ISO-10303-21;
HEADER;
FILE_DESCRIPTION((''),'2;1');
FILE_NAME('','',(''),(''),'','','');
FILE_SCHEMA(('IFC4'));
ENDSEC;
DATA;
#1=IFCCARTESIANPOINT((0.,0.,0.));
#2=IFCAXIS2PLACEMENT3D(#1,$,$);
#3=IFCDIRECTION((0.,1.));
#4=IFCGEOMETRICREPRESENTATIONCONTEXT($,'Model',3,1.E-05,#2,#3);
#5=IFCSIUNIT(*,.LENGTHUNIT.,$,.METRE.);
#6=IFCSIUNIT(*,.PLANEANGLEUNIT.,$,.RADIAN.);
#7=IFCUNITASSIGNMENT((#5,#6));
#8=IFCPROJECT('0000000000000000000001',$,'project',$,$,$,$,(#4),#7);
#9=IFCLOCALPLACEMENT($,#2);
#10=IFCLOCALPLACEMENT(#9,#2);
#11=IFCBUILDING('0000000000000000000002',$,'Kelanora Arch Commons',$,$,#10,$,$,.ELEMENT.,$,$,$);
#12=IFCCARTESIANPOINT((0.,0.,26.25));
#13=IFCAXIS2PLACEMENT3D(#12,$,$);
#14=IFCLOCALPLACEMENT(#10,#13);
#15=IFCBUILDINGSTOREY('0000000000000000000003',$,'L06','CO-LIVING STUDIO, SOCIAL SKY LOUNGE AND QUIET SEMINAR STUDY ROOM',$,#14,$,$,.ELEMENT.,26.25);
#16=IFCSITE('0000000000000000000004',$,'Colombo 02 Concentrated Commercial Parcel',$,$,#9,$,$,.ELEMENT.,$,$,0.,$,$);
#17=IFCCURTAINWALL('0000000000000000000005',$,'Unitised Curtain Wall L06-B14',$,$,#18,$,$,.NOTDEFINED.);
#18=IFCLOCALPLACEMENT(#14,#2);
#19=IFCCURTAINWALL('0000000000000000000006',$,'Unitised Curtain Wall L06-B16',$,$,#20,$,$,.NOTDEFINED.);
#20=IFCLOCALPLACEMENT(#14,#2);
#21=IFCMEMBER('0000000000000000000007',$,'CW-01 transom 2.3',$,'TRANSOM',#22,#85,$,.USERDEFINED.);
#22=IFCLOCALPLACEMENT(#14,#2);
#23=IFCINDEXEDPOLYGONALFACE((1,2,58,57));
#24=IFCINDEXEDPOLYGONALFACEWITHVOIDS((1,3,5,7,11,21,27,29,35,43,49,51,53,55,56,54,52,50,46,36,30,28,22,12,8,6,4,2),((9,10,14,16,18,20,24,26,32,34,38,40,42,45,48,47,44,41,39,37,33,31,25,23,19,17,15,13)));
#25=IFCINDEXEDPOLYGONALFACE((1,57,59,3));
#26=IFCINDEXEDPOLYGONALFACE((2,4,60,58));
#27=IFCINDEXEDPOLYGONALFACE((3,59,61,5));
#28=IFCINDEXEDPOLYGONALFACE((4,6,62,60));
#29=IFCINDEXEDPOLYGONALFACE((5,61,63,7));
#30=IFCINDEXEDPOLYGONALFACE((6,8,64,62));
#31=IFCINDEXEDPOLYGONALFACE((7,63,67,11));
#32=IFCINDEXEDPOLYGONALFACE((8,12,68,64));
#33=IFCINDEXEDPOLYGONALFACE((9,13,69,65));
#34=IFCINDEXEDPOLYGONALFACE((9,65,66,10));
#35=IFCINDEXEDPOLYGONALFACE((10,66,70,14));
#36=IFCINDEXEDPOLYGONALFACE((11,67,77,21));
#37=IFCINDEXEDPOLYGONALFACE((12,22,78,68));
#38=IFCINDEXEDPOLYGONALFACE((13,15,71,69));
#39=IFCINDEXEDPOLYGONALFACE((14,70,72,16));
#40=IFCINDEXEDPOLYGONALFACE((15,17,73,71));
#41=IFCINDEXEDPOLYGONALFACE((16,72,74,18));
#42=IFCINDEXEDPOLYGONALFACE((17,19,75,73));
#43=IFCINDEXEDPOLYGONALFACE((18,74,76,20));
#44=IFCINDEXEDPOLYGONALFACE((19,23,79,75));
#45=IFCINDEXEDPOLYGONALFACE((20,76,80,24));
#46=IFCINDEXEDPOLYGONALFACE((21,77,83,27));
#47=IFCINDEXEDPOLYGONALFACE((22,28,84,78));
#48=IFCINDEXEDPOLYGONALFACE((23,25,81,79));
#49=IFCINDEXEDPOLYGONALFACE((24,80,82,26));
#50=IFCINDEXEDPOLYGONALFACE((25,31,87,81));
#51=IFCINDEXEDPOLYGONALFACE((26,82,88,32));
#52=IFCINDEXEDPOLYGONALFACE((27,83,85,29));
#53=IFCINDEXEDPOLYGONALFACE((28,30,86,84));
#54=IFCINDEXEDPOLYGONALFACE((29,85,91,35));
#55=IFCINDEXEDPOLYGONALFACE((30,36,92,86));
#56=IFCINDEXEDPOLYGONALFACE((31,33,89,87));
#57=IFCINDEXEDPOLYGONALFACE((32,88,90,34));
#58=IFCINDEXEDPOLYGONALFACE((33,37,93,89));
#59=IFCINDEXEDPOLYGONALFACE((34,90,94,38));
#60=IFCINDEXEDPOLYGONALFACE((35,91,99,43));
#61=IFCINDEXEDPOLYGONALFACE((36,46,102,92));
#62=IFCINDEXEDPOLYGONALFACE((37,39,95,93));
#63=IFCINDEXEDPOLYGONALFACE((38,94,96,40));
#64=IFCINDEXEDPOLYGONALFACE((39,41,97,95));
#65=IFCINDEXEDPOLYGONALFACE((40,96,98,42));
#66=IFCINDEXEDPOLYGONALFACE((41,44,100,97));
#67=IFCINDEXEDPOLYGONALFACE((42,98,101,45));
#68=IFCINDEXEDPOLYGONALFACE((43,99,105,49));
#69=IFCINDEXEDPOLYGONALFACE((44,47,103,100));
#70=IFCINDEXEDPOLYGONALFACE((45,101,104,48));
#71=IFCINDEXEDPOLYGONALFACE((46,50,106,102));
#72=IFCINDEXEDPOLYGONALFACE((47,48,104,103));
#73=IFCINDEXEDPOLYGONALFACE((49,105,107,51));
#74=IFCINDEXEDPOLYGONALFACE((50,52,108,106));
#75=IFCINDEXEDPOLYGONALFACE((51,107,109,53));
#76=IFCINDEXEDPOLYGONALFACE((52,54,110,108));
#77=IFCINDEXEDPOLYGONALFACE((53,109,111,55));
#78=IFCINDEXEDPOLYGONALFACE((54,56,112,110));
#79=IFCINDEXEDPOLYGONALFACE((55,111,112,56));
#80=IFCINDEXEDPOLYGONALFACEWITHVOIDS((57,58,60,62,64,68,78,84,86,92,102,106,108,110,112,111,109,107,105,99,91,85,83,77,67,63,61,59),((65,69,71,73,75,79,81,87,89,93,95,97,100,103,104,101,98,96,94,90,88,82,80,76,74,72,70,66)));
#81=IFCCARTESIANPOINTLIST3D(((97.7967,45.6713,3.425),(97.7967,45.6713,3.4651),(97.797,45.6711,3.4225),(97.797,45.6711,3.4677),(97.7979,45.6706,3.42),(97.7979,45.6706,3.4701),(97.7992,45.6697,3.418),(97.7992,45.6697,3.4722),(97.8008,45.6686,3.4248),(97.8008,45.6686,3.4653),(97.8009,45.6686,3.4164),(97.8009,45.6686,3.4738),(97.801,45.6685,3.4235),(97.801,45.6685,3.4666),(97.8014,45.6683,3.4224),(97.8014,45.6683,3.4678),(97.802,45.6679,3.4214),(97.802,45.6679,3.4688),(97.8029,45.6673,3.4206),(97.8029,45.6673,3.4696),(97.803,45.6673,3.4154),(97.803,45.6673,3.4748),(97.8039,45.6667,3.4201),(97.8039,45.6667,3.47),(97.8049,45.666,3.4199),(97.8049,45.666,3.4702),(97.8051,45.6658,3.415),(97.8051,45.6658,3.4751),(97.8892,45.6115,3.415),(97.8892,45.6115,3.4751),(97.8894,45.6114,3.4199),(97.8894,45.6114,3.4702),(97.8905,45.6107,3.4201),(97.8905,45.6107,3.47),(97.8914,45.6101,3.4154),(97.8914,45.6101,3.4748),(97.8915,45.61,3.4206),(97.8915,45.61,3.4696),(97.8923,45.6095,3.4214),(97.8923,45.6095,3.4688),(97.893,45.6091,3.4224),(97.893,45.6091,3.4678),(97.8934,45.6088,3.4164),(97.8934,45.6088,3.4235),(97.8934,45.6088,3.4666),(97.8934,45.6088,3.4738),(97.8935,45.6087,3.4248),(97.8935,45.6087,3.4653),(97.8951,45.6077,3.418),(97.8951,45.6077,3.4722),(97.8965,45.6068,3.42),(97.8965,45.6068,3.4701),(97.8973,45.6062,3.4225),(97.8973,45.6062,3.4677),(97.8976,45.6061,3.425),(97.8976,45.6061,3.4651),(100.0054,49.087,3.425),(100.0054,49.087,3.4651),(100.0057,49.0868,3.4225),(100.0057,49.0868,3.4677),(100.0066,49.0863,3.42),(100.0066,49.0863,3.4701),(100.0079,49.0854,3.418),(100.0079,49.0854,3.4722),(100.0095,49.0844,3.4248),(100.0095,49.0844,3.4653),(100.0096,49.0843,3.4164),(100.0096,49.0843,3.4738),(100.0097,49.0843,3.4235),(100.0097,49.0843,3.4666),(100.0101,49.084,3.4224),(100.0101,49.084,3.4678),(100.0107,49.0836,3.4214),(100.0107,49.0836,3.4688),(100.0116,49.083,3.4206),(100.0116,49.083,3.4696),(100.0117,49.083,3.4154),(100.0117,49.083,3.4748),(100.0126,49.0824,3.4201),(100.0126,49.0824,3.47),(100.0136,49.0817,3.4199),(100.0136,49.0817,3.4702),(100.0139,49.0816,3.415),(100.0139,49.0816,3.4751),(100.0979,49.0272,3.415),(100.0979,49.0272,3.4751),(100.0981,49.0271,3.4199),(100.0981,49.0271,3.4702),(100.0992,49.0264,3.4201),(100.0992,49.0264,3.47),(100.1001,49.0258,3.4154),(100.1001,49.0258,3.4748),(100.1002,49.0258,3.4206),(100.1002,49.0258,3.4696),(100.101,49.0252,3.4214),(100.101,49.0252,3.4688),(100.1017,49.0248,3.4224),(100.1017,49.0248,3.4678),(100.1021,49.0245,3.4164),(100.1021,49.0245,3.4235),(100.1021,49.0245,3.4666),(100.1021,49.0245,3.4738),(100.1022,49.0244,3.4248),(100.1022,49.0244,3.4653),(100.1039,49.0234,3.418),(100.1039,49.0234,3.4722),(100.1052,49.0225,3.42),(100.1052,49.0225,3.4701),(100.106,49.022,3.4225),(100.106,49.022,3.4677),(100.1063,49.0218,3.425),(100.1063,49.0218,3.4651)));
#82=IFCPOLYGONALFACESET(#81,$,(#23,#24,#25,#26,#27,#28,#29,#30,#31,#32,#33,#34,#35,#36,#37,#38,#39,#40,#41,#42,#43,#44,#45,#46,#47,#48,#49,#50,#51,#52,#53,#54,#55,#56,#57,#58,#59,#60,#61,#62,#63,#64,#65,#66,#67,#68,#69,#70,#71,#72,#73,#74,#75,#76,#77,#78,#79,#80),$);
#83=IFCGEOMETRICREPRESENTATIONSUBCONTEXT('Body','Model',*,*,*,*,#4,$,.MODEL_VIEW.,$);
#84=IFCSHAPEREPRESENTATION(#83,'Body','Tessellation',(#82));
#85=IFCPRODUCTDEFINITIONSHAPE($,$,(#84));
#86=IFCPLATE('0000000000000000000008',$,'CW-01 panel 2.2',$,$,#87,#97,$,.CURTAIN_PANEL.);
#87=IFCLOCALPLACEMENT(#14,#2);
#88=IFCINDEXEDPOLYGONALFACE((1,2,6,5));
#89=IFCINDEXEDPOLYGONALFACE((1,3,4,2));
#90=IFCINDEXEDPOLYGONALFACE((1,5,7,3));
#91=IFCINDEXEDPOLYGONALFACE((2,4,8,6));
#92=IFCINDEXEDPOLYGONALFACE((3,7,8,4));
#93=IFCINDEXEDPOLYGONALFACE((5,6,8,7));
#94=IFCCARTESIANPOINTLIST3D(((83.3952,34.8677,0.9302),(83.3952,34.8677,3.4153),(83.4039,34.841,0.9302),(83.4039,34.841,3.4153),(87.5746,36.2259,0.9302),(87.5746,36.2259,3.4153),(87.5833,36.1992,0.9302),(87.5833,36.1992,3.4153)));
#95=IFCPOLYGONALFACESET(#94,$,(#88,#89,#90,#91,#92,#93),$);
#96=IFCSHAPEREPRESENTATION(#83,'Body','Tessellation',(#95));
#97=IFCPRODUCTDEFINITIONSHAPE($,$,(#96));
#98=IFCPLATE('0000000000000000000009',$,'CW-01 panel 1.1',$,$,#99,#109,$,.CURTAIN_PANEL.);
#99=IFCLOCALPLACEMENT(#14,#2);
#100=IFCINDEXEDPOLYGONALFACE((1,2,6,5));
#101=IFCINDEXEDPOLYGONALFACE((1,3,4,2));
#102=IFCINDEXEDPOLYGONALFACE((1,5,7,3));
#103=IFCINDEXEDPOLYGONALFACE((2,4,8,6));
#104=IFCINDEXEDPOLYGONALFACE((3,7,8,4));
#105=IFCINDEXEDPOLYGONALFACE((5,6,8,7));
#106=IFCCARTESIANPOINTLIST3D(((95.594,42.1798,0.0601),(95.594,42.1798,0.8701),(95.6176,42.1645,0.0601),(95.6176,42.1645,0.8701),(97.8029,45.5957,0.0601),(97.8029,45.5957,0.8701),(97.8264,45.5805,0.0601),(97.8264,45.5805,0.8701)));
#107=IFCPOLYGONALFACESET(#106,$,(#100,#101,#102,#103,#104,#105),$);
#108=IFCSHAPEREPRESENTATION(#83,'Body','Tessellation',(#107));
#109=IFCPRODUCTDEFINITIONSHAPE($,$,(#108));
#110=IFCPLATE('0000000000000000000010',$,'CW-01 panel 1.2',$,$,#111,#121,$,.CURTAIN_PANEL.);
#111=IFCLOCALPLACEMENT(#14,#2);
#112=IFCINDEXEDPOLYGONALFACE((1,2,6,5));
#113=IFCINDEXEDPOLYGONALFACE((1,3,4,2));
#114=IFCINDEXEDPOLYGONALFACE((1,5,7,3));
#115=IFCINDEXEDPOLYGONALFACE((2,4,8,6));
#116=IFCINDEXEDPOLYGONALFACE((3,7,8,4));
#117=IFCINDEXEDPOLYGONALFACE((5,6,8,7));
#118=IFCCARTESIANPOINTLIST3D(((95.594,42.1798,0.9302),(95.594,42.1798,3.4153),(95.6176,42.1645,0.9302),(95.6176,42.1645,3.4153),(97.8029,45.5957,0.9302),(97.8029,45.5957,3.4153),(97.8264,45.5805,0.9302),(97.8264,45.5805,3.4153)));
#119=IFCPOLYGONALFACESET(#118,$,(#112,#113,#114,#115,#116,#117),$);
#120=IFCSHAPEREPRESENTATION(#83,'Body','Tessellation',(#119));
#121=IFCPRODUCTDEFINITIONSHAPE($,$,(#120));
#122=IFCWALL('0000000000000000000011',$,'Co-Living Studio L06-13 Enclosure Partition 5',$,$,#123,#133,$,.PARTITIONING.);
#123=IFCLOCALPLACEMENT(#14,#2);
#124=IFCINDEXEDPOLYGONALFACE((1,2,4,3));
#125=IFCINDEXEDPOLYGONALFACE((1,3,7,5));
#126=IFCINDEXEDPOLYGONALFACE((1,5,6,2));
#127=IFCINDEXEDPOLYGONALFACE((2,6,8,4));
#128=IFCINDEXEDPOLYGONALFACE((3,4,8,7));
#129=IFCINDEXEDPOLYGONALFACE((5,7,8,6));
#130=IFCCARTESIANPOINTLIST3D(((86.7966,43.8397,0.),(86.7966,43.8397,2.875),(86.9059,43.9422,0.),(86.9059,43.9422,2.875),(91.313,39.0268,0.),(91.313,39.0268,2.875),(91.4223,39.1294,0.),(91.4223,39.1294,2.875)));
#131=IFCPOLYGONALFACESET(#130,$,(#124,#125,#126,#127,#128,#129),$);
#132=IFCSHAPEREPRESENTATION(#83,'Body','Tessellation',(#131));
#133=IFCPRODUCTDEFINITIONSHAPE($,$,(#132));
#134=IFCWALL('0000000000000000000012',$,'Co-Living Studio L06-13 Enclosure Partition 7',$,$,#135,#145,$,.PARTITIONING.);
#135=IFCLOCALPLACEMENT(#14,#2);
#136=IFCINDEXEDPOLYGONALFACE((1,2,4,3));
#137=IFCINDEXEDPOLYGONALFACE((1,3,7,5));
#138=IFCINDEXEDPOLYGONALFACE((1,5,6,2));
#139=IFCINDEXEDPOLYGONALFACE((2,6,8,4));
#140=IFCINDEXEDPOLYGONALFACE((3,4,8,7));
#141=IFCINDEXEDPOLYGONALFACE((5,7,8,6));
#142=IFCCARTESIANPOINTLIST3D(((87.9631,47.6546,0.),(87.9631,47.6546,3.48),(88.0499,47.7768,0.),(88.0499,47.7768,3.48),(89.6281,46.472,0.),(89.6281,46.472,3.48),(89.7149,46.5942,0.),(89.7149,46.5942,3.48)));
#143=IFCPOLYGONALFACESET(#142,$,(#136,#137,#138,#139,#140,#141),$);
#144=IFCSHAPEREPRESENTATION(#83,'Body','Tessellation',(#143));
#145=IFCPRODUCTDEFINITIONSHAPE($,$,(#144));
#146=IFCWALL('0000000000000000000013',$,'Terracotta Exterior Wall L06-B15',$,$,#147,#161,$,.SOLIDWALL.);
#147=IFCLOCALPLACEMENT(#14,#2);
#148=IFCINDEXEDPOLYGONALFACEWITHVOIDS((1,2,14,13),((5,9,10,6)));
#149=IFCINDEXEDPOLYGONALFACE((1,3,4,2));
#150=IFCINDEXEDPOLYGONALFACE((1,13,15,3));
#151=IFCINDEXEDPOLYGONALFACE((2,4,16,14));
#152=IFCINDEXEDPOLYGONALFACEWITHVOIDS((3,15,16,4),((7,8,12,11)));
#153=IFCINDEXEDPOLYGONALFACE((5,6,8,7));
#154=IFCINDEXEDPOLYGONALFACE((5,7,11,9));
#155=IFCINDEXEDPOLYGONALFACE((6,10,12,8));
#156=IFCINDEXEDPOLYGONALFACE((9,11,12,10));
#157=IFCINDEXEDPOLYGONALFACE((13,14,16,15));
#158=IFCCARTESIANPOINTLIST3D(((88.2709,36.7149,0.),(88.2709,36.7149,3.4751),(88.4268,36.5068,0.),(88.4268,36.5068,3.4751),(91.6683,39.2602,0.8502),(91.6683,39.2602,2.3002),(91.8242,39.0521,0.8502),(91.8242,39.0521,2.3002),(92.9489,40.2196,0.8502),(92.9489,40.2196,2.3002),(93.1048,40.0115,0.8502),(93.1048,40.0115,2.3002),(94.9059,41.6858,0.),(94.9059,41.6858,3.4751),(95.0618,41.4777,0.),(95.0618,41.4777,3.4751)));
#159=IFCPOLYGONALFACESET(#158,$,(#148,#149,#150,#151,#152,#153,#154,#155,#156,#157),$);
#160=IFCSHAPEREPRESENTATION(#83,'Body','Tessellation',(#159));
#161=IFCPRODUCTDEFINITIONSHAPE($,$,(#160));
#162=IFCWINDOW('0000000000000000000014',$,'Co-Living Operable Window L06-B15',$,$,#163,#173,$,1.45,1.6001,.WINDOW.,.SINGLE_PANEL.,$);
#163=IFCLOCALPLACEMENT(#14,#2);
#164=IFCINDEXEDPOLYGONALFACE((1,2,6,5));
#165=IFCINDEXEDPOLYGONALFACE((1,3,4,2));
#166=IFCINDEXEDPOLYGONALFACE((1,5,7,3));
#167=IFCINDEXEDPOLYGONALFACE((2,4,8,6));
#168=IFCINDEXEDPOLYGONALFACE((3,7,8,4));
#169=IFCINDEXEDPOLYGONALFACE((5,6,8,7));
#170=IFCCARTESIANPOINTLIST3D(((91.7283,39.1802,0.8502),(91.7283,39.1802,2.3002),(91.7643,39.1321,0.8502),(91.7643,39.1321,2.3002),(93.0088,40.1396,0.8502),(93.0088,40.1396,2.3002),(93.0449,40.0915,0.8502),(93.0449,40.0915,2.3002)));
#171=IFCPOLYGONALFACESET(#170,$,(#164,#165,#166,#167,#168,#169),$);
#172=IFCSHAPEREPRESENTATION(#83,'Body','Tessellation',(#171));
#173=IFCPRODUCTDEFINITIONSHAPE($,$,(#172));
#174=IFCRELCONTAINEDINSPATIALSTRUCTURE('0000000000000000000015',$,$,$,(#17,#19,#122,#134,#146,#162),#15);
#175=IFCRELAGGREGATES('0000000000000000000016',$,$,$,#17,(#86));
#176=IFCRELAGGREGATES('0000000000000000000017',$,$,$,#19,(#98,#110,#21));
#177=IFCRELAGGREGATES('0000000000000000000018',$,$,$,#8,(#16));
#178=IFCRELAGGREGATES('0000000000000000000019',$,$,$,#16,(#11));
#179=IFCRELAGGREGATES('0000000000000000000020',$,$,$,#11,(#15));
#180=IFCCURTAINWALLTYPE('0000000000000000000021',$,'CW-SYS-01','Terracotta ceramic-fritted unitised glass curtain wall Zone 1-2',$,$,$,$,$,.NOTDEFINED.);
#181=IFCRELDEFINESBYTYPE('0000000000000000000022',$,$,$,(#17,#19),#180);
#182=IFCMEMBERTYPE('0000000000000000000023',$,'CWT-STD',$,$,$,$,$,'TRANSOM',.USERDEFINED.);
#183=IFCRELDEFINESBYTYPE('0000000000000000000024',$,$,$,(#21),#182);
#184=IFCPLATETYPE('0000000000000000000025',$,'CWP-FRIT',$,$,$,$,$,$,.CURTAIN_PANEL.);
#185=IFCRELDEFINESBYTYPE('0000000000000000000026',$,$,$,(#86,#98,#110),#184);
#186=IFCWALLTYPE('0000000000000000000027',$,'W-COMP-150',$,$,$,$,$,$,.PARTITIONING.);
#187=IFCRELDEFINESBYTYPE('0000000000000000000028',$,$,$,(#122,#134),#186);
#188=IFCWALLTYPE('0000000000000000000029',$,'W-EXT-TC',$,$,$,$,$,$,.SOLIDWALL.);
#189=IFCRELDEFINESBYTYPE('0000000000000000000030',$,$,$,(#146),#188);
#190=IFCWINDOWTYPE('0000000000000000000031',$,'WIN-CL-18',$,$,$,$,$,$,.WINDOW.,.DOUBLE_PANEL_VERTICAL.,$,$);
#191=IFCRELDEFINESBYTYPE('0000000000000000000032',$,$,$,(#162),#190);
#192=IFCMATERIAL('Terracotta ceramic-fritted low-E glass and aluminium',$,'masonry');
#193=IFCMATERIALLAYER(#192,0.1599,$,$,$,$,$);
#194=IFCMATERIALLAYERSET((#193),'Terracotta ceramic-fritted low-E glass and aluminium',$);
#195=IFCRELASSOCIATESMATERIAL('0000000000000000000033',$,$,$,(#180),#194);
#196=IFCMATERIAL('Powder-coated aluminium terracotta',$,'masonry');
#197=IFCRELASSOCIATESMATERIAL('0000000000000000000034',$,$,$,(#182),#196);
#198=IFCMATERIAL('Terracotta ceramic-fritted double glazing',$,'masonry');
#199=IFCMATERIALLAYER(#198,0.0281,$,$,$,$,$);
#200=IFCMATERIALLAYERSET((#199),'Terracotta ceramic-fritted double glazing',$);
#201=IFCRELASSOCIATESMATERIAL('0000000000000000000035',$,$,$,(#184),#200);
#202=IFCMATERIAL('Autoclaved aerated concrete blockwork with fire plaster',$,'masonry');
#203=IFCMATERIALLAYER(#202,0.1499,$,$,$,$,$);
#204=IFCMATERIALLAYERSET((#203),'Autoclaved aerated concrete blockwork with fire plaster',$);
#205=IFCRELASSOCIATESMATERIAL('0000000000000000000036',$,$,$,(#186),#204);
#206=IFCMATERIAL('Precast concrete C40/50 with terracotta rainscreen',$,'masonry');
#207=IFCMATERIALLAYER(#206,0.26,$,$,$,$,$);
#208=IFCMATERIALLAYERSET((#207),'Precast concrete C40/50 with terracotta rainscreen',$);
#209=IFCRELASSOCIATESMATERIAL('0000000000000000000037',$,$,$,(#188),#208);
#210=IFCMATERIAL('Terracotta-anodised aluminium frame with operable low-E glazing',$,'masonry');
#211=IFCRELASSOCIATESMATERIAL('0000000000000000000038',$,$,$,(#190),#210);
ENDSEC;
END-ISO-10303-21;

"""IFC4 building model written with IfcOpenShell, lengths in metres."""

from ifc_helpers import new_model, si_unit, direction, frame, frame_2d, origin, origin_2d, place, context, subcontext, project, spatial, rectangle, hollow_rectangle, extrude, source, transform, mapped, material, layer, layer_set, material_profile, profile_set, type_object, element, fill, aggregate, save


model = new_model("IFC4")

# Units and contexts
model_context = context("Model", 3, precision=1e-05, world=origin(), true_north=direction((0.0, 1.0)))
body_context = subcontext(model_context, "Body", "Model", "MODEL_VIEW")
ifc_project = project(units=[si_unit("LENGTHUNIT", "METRE"), si_unit("PLANEANGLEUNIT", "RADIAN")], contexts=[model_context])

# Site, building, storey
site_placement = place(None, origin())
site = spatial("IfcSite", under=ifc_project, at=site_placement, Name="Colombo 02 Concentrated Commercial Parcel", CompositionType="ELEMENT", RefElevation=0.0)
building_placement = place(site_placement, origin())
building = spatial("IfcBuilding", under=site, at=building_placement, Name="Kelanora Arch Commons", CompositionType="ELEMENT")
storey_placement = place(building_placement, frame((0.0, 0.0, 26.25)))
storey = spatial("IfcBuildingStorey", under=building, at=storey_placement, Name="L06", Description="CO-LIVING STUDIO, SOCIAL SKY LOUNGE AND QUIET SEMINAR STUDY ROOM", CompositionType="ELEMENT", Elevation=26.25)

# Curtain wall
ifc_material_1 = material(Name="Terracotta ceramic-fritted low-E glass and aluminium", Category="masonry")
ifc_layer_1 = layer(ifc_material_1, 0.1599)
ifc_layer_set_1 = layer_set([ifc_layer_1], Name="Terracotta ceramic-fritted low-E glass and aluminium")
curtain_wall_type = type_object("IfcCurtainWallType", Name="CW-SYS-01", Description="Terracotta ceramic-fritted unitised glass curtain wall Zone 1-2", PredefinedType="NOTDEFINED", material=ifc_layer_set_1)
curtain_wall_1_placement = place(storey_placement, origin())
curtain_wall_1 = element("IfcCurtainWall", 1, at=curtain_wall_1_placement, inside=storey, type_object=curtain_wall_type, Name="Unitised Curtain Wall L06-B14", PredefinedType="NOTDEFINED")
ifc_material_2 = material(Name="Powder-coated aluminium terracotta", Category="masonry")

# Curtain wall, member
curtain_wall_2_placement = place(storey_placement, origin())
curtain_wall_2 = element("IfcCurtainWall", 2, at=curtain_wall_2_placement, inside=storey, type_object=curtain_wall_type, Name="Unitised Curtain Wall L06-B16", PredefinedType="NOTDEFINED")
ifc_material_profile_1 = material_profile(ifc_material_2, hollow_rectangle(XDim=0.1201, YDim=0.0601, WallThickness=0.0049, InnerFilletRadius=0.0049, OuterFilletRadius=0.01, at=origin_2d()), Name="CWT120x60")
ifc_profile_set_1 = profile_set([ifc_material_profile_1], Name="Powder-coated aluminium terracotta")
member_type_1 = type_object("IfcMemberType", Name="CWT-STD", ElementType="TRANSOM", PredefinedType="USERDEFINED", material=ifc_profile_set_1)
member_1_placement = place(storey_placement, frame((97.8472, 45.6387, 3.4451), z_axis=(0.542997, 0.839734, 0.0), x_axis=(-0.839734, 0.542997, 0.0)))
member_1 = element("IfcMember", 3, at=member_1_placement, type_object=member_type_1, Name="CW-01 transom 2.3", ObjectType="TRANSOM", PredefinedType="USERDEFINED", context=body_context, shape_type="SweptSolid", body=[
    extrude(hollow_rectangle(XDim=0.1201, YDim=0.0601, WallThickness=0.0049, InnerFilletRadius=0.0049, OuterFilletRadius=0.01, at=origin_2d()), origin(), (0.0, 0.0, 1.0), 4.0676),
])

# Plates
ifc_material_3 = material(Name="Terracotta ceramic-fritted double glazing", Category="masonry")
ifc_layer_2 = layer(ifc_material_3, 0.0281)
ifc_layer_set_2 = layer_set([ifc_layer_2], Name="Terracotta ceramic-fritted double glazing")
plate_type = type_object("IfcPlateType", Name="CWP-FRIT", PredefinedType="CURTAIN_PANEL", material=ifc_layer_set_2)
shared_shape_1 = source(origin(), body_context, "Body", "SweptSolid", [
    extrude(rectangle(XDim=4.3945, YDim=0.0281, at=origin_2d()), origin(), (0.0, 0.0, 1.0), 2.4851),
])
plate_1_placement = place(storey_placement, frame((85.4893, 35.5334, 0.9302), z_axis=(0.0, 0.0, 1.0), x_axis=(0.951043, 0.309058, 0.0)))
plate_1 = element("IfcPlate", 4, at=plate_1_placement, type_object=plate_type, Name="CW-01 panel 2.2", PredefinedType="CURTAIN_PANEL", context=body_context, shape_type="MappedRepresentation", body=[
    mapped(shared_shape_1, transform((0.0, 0.0, 0.0), scale=1.0)),
])
aggregate(curtain_wall_1, [plate_1])
shared_shape_2 = source(origin(), body_context, "Body", "SweptSolid", [
    extrude(rectangle(XDim=4.0679, YDim=0.0281, at=origin_2d()), origin(), (0.0, 0.0, 1.0), 0.8101),
])
plate_2_placement = place(storey_placement, frame((96.7102, 43.8801, 0.0601), z_axis=(0.0, 0.0, 1.0), x_axis=(0.543004, 0.83973, 0.0)))
plate_2 = element("IfcPlate", 5, at=plate_2_placement, type_object=plate_type, Name="CW-01 panel 1.1", PredefinedType="CURTAIN_PANEL", context=body_context, shape_type="MappedRepresentation", body=[
    mapped(shared_shape_2, transform((0.0, 0.0, 0.0), scale=1.0)),
])
shared_shape_3 = source(origin(), body_context, "Body", "SweptSolid", [
    extrude(rectangle(XDim=4.0679, YDim=0.0281, at=origin_2d()), origin(), (0.0, 0.0, 1.0), 2.4851),
])
plate_3_placement = place(storey_placement, frame((96.7102, 43.8801, 0.9302), z_axis=(0.0, 0.0, 1.0), x_axis=(0.543004, 0.83973, 0.0)))
plate_3 = element("IfcPlate", 6, at=plate_3_placement, type_object=plate_type, Name="CW-01 panel 1.2", PredefinedType="CURTAIN_PANEL", context=body_context, shape_type="MappedRepresentation", body=[
    mapped(shared_shape_3, transform((0.0, 0.0, 0.0), scale=1.0)),
])
aggregate(curtain_wall_2, [plate_2, plate_3, member_1])

# Walls
ifc_material_4 = material(Name="Autoclaved aerated concrete blockwork with fire plaster", Category="masonry")
ifc_layer_3 = layer(ifc_material_4, 0.1499)
ifc_layer_set_3 = layer_set([ifc_layer_3], Name="Autoclaved aerated concrete blockwork with fire plaster")
wall_type_1 = type_object("IfcWallType", Name="W-COMP-150", PredefinedType="PARTITIONING", material=ifc_layer_set_3)
wall_1_placement = place(storey_placement, frame((91.3677, 39.0781, 0.0), z_axis=(0.0, 0.0, 1.0), x_axis=(-0.684297, 0.729204, 0.0)))
element("IfcWall", 7, at=wall_1_placement, inside=storey, type_object=wall_type_1, Name="Co-Living Studio L06-13 Enclosure Partition 5", PredefinedType="PARTITIONING", context=body_context, shape_type="SweptSolid", body=[
    extrude(rectangle(XDim=6.6001, YDim=0.1499, at=frame_2d((3.3, 0.0))), origin(), (0.0, 0.0, 1.0), 2.875),
])
wall_2_placement = place(storey_placement, frame((89.6714, 46.5332, 0.0), z_axis=(0.0, 0.0, 1.0), x_axis=(-0.815281, 0.579065, 0.0)))
element("IfcWall", 8, at=wall_2_placement, inside=storey, type_object=wall_type_1, Name="Co-Living Studio L06-13 Enclosure Partition 7", PredefinedType="PARTITIONING", context=body_context, shape_type="SweptSolid", body=[
    extrude(rectangle(XDim=2.0422, YDim=0.1499, at=frame_2d((1.021, 0.0))), origin(), (0.0, 0.0, 1.0), 3.48),
])

# Wall, opening, window
ifc_material_5 = material(Name="Precast concrete C40/50 with terracotta rainscreen", Category="masonry")
ifc_layer_4 = layer(ifc_material_5, 0.26)
ifc_layer_set_4 = layer_set([ifc_layer_4], Name="Precast concrete C40/50 with terracotta rainscreen")
wall_type_2 = type_object("IfcWallType", Name="W-EXT-TC", PredefinedType="SOLIDWALL", material=ifc_layer_set_4)
wall_3_placement = place(storey_placement, frame((88.3489, 36.6108, 0.0), z_axis=(0.0, 0.0, 1.0), x_axis=(0.800307, 0.59959, 0.0)))
wall_3 = element("IfcWall", 9, at=wall_3_placement, inside=storey, type_object=wall_type_2, Name="Terracotta Exterior Wall L06-B15", PredefinedType="SOLIDWALL", context=body_context, shape_type="SweptSolid", body=[
    extrude(rectangle(XDim=8.2905, YDim=0.26, at=frame_2d((4.1453, 0.0))), origin(), (0.0, 0.0, 1.0), 3.4751),
])
opening_placement = place(wall_3_placement, frame((4.2451, 0.0, 0.8501)))
opening = element("IfcOpeningElement", 10, at=opening_placement, cuts=wall_3, PredefinedType="OPENING", context=body_context, shape_type="SweptSolid", body=[
    extrude(rectangle(XDim=1.6001, YDim=1.45, at=frame_2d((0.8, 0.7251))), frame((0.0, 0.1401, 0.0), z_axis=(0.0, -1.0, 0.0), x_axis=(1.0, 0.0, 0.0)), (0.0, 0.0, 1.0), 0.28),
])
ifc_material_6 = material(Name="Terracotta-anodised aluminium frame with operable low-E glazing", Category="masonry")
window_type = type_object("IfcWindowType", Name="WIN-CL-18", PartitioningType="DOUBLE_PANEL_VERTICAL", PredefinedType="WINDOW", material=ifc_material_6)
window_placement = place(opening_placement, origin())
window = element("IfcWindow", 11, at=window_placement, inside=storey, type_object=window_type, Name="Co-Living Operable Window L06-B15", OverallHeight=1.45, OverallWidth=1.6001, PartitioningType="SINGLE_PANEL", PredefinedType="WINDOW", context=body_context, shape_type="SweptSolid", body=[
    extrude(rectangle(XDim=1.6001, YDim=1.45, at=frame_2d((0.8, 0.7251))), frame((0.0, 0.03, 0.0), z_axis=(0.0, -1.0, 0.0), x_axis=(1.0, 0.0, 0.0)), (0.0, 0.0, 1.0), 0.0601),
])
fill(opening, window)

save(model, "model.ifc")
